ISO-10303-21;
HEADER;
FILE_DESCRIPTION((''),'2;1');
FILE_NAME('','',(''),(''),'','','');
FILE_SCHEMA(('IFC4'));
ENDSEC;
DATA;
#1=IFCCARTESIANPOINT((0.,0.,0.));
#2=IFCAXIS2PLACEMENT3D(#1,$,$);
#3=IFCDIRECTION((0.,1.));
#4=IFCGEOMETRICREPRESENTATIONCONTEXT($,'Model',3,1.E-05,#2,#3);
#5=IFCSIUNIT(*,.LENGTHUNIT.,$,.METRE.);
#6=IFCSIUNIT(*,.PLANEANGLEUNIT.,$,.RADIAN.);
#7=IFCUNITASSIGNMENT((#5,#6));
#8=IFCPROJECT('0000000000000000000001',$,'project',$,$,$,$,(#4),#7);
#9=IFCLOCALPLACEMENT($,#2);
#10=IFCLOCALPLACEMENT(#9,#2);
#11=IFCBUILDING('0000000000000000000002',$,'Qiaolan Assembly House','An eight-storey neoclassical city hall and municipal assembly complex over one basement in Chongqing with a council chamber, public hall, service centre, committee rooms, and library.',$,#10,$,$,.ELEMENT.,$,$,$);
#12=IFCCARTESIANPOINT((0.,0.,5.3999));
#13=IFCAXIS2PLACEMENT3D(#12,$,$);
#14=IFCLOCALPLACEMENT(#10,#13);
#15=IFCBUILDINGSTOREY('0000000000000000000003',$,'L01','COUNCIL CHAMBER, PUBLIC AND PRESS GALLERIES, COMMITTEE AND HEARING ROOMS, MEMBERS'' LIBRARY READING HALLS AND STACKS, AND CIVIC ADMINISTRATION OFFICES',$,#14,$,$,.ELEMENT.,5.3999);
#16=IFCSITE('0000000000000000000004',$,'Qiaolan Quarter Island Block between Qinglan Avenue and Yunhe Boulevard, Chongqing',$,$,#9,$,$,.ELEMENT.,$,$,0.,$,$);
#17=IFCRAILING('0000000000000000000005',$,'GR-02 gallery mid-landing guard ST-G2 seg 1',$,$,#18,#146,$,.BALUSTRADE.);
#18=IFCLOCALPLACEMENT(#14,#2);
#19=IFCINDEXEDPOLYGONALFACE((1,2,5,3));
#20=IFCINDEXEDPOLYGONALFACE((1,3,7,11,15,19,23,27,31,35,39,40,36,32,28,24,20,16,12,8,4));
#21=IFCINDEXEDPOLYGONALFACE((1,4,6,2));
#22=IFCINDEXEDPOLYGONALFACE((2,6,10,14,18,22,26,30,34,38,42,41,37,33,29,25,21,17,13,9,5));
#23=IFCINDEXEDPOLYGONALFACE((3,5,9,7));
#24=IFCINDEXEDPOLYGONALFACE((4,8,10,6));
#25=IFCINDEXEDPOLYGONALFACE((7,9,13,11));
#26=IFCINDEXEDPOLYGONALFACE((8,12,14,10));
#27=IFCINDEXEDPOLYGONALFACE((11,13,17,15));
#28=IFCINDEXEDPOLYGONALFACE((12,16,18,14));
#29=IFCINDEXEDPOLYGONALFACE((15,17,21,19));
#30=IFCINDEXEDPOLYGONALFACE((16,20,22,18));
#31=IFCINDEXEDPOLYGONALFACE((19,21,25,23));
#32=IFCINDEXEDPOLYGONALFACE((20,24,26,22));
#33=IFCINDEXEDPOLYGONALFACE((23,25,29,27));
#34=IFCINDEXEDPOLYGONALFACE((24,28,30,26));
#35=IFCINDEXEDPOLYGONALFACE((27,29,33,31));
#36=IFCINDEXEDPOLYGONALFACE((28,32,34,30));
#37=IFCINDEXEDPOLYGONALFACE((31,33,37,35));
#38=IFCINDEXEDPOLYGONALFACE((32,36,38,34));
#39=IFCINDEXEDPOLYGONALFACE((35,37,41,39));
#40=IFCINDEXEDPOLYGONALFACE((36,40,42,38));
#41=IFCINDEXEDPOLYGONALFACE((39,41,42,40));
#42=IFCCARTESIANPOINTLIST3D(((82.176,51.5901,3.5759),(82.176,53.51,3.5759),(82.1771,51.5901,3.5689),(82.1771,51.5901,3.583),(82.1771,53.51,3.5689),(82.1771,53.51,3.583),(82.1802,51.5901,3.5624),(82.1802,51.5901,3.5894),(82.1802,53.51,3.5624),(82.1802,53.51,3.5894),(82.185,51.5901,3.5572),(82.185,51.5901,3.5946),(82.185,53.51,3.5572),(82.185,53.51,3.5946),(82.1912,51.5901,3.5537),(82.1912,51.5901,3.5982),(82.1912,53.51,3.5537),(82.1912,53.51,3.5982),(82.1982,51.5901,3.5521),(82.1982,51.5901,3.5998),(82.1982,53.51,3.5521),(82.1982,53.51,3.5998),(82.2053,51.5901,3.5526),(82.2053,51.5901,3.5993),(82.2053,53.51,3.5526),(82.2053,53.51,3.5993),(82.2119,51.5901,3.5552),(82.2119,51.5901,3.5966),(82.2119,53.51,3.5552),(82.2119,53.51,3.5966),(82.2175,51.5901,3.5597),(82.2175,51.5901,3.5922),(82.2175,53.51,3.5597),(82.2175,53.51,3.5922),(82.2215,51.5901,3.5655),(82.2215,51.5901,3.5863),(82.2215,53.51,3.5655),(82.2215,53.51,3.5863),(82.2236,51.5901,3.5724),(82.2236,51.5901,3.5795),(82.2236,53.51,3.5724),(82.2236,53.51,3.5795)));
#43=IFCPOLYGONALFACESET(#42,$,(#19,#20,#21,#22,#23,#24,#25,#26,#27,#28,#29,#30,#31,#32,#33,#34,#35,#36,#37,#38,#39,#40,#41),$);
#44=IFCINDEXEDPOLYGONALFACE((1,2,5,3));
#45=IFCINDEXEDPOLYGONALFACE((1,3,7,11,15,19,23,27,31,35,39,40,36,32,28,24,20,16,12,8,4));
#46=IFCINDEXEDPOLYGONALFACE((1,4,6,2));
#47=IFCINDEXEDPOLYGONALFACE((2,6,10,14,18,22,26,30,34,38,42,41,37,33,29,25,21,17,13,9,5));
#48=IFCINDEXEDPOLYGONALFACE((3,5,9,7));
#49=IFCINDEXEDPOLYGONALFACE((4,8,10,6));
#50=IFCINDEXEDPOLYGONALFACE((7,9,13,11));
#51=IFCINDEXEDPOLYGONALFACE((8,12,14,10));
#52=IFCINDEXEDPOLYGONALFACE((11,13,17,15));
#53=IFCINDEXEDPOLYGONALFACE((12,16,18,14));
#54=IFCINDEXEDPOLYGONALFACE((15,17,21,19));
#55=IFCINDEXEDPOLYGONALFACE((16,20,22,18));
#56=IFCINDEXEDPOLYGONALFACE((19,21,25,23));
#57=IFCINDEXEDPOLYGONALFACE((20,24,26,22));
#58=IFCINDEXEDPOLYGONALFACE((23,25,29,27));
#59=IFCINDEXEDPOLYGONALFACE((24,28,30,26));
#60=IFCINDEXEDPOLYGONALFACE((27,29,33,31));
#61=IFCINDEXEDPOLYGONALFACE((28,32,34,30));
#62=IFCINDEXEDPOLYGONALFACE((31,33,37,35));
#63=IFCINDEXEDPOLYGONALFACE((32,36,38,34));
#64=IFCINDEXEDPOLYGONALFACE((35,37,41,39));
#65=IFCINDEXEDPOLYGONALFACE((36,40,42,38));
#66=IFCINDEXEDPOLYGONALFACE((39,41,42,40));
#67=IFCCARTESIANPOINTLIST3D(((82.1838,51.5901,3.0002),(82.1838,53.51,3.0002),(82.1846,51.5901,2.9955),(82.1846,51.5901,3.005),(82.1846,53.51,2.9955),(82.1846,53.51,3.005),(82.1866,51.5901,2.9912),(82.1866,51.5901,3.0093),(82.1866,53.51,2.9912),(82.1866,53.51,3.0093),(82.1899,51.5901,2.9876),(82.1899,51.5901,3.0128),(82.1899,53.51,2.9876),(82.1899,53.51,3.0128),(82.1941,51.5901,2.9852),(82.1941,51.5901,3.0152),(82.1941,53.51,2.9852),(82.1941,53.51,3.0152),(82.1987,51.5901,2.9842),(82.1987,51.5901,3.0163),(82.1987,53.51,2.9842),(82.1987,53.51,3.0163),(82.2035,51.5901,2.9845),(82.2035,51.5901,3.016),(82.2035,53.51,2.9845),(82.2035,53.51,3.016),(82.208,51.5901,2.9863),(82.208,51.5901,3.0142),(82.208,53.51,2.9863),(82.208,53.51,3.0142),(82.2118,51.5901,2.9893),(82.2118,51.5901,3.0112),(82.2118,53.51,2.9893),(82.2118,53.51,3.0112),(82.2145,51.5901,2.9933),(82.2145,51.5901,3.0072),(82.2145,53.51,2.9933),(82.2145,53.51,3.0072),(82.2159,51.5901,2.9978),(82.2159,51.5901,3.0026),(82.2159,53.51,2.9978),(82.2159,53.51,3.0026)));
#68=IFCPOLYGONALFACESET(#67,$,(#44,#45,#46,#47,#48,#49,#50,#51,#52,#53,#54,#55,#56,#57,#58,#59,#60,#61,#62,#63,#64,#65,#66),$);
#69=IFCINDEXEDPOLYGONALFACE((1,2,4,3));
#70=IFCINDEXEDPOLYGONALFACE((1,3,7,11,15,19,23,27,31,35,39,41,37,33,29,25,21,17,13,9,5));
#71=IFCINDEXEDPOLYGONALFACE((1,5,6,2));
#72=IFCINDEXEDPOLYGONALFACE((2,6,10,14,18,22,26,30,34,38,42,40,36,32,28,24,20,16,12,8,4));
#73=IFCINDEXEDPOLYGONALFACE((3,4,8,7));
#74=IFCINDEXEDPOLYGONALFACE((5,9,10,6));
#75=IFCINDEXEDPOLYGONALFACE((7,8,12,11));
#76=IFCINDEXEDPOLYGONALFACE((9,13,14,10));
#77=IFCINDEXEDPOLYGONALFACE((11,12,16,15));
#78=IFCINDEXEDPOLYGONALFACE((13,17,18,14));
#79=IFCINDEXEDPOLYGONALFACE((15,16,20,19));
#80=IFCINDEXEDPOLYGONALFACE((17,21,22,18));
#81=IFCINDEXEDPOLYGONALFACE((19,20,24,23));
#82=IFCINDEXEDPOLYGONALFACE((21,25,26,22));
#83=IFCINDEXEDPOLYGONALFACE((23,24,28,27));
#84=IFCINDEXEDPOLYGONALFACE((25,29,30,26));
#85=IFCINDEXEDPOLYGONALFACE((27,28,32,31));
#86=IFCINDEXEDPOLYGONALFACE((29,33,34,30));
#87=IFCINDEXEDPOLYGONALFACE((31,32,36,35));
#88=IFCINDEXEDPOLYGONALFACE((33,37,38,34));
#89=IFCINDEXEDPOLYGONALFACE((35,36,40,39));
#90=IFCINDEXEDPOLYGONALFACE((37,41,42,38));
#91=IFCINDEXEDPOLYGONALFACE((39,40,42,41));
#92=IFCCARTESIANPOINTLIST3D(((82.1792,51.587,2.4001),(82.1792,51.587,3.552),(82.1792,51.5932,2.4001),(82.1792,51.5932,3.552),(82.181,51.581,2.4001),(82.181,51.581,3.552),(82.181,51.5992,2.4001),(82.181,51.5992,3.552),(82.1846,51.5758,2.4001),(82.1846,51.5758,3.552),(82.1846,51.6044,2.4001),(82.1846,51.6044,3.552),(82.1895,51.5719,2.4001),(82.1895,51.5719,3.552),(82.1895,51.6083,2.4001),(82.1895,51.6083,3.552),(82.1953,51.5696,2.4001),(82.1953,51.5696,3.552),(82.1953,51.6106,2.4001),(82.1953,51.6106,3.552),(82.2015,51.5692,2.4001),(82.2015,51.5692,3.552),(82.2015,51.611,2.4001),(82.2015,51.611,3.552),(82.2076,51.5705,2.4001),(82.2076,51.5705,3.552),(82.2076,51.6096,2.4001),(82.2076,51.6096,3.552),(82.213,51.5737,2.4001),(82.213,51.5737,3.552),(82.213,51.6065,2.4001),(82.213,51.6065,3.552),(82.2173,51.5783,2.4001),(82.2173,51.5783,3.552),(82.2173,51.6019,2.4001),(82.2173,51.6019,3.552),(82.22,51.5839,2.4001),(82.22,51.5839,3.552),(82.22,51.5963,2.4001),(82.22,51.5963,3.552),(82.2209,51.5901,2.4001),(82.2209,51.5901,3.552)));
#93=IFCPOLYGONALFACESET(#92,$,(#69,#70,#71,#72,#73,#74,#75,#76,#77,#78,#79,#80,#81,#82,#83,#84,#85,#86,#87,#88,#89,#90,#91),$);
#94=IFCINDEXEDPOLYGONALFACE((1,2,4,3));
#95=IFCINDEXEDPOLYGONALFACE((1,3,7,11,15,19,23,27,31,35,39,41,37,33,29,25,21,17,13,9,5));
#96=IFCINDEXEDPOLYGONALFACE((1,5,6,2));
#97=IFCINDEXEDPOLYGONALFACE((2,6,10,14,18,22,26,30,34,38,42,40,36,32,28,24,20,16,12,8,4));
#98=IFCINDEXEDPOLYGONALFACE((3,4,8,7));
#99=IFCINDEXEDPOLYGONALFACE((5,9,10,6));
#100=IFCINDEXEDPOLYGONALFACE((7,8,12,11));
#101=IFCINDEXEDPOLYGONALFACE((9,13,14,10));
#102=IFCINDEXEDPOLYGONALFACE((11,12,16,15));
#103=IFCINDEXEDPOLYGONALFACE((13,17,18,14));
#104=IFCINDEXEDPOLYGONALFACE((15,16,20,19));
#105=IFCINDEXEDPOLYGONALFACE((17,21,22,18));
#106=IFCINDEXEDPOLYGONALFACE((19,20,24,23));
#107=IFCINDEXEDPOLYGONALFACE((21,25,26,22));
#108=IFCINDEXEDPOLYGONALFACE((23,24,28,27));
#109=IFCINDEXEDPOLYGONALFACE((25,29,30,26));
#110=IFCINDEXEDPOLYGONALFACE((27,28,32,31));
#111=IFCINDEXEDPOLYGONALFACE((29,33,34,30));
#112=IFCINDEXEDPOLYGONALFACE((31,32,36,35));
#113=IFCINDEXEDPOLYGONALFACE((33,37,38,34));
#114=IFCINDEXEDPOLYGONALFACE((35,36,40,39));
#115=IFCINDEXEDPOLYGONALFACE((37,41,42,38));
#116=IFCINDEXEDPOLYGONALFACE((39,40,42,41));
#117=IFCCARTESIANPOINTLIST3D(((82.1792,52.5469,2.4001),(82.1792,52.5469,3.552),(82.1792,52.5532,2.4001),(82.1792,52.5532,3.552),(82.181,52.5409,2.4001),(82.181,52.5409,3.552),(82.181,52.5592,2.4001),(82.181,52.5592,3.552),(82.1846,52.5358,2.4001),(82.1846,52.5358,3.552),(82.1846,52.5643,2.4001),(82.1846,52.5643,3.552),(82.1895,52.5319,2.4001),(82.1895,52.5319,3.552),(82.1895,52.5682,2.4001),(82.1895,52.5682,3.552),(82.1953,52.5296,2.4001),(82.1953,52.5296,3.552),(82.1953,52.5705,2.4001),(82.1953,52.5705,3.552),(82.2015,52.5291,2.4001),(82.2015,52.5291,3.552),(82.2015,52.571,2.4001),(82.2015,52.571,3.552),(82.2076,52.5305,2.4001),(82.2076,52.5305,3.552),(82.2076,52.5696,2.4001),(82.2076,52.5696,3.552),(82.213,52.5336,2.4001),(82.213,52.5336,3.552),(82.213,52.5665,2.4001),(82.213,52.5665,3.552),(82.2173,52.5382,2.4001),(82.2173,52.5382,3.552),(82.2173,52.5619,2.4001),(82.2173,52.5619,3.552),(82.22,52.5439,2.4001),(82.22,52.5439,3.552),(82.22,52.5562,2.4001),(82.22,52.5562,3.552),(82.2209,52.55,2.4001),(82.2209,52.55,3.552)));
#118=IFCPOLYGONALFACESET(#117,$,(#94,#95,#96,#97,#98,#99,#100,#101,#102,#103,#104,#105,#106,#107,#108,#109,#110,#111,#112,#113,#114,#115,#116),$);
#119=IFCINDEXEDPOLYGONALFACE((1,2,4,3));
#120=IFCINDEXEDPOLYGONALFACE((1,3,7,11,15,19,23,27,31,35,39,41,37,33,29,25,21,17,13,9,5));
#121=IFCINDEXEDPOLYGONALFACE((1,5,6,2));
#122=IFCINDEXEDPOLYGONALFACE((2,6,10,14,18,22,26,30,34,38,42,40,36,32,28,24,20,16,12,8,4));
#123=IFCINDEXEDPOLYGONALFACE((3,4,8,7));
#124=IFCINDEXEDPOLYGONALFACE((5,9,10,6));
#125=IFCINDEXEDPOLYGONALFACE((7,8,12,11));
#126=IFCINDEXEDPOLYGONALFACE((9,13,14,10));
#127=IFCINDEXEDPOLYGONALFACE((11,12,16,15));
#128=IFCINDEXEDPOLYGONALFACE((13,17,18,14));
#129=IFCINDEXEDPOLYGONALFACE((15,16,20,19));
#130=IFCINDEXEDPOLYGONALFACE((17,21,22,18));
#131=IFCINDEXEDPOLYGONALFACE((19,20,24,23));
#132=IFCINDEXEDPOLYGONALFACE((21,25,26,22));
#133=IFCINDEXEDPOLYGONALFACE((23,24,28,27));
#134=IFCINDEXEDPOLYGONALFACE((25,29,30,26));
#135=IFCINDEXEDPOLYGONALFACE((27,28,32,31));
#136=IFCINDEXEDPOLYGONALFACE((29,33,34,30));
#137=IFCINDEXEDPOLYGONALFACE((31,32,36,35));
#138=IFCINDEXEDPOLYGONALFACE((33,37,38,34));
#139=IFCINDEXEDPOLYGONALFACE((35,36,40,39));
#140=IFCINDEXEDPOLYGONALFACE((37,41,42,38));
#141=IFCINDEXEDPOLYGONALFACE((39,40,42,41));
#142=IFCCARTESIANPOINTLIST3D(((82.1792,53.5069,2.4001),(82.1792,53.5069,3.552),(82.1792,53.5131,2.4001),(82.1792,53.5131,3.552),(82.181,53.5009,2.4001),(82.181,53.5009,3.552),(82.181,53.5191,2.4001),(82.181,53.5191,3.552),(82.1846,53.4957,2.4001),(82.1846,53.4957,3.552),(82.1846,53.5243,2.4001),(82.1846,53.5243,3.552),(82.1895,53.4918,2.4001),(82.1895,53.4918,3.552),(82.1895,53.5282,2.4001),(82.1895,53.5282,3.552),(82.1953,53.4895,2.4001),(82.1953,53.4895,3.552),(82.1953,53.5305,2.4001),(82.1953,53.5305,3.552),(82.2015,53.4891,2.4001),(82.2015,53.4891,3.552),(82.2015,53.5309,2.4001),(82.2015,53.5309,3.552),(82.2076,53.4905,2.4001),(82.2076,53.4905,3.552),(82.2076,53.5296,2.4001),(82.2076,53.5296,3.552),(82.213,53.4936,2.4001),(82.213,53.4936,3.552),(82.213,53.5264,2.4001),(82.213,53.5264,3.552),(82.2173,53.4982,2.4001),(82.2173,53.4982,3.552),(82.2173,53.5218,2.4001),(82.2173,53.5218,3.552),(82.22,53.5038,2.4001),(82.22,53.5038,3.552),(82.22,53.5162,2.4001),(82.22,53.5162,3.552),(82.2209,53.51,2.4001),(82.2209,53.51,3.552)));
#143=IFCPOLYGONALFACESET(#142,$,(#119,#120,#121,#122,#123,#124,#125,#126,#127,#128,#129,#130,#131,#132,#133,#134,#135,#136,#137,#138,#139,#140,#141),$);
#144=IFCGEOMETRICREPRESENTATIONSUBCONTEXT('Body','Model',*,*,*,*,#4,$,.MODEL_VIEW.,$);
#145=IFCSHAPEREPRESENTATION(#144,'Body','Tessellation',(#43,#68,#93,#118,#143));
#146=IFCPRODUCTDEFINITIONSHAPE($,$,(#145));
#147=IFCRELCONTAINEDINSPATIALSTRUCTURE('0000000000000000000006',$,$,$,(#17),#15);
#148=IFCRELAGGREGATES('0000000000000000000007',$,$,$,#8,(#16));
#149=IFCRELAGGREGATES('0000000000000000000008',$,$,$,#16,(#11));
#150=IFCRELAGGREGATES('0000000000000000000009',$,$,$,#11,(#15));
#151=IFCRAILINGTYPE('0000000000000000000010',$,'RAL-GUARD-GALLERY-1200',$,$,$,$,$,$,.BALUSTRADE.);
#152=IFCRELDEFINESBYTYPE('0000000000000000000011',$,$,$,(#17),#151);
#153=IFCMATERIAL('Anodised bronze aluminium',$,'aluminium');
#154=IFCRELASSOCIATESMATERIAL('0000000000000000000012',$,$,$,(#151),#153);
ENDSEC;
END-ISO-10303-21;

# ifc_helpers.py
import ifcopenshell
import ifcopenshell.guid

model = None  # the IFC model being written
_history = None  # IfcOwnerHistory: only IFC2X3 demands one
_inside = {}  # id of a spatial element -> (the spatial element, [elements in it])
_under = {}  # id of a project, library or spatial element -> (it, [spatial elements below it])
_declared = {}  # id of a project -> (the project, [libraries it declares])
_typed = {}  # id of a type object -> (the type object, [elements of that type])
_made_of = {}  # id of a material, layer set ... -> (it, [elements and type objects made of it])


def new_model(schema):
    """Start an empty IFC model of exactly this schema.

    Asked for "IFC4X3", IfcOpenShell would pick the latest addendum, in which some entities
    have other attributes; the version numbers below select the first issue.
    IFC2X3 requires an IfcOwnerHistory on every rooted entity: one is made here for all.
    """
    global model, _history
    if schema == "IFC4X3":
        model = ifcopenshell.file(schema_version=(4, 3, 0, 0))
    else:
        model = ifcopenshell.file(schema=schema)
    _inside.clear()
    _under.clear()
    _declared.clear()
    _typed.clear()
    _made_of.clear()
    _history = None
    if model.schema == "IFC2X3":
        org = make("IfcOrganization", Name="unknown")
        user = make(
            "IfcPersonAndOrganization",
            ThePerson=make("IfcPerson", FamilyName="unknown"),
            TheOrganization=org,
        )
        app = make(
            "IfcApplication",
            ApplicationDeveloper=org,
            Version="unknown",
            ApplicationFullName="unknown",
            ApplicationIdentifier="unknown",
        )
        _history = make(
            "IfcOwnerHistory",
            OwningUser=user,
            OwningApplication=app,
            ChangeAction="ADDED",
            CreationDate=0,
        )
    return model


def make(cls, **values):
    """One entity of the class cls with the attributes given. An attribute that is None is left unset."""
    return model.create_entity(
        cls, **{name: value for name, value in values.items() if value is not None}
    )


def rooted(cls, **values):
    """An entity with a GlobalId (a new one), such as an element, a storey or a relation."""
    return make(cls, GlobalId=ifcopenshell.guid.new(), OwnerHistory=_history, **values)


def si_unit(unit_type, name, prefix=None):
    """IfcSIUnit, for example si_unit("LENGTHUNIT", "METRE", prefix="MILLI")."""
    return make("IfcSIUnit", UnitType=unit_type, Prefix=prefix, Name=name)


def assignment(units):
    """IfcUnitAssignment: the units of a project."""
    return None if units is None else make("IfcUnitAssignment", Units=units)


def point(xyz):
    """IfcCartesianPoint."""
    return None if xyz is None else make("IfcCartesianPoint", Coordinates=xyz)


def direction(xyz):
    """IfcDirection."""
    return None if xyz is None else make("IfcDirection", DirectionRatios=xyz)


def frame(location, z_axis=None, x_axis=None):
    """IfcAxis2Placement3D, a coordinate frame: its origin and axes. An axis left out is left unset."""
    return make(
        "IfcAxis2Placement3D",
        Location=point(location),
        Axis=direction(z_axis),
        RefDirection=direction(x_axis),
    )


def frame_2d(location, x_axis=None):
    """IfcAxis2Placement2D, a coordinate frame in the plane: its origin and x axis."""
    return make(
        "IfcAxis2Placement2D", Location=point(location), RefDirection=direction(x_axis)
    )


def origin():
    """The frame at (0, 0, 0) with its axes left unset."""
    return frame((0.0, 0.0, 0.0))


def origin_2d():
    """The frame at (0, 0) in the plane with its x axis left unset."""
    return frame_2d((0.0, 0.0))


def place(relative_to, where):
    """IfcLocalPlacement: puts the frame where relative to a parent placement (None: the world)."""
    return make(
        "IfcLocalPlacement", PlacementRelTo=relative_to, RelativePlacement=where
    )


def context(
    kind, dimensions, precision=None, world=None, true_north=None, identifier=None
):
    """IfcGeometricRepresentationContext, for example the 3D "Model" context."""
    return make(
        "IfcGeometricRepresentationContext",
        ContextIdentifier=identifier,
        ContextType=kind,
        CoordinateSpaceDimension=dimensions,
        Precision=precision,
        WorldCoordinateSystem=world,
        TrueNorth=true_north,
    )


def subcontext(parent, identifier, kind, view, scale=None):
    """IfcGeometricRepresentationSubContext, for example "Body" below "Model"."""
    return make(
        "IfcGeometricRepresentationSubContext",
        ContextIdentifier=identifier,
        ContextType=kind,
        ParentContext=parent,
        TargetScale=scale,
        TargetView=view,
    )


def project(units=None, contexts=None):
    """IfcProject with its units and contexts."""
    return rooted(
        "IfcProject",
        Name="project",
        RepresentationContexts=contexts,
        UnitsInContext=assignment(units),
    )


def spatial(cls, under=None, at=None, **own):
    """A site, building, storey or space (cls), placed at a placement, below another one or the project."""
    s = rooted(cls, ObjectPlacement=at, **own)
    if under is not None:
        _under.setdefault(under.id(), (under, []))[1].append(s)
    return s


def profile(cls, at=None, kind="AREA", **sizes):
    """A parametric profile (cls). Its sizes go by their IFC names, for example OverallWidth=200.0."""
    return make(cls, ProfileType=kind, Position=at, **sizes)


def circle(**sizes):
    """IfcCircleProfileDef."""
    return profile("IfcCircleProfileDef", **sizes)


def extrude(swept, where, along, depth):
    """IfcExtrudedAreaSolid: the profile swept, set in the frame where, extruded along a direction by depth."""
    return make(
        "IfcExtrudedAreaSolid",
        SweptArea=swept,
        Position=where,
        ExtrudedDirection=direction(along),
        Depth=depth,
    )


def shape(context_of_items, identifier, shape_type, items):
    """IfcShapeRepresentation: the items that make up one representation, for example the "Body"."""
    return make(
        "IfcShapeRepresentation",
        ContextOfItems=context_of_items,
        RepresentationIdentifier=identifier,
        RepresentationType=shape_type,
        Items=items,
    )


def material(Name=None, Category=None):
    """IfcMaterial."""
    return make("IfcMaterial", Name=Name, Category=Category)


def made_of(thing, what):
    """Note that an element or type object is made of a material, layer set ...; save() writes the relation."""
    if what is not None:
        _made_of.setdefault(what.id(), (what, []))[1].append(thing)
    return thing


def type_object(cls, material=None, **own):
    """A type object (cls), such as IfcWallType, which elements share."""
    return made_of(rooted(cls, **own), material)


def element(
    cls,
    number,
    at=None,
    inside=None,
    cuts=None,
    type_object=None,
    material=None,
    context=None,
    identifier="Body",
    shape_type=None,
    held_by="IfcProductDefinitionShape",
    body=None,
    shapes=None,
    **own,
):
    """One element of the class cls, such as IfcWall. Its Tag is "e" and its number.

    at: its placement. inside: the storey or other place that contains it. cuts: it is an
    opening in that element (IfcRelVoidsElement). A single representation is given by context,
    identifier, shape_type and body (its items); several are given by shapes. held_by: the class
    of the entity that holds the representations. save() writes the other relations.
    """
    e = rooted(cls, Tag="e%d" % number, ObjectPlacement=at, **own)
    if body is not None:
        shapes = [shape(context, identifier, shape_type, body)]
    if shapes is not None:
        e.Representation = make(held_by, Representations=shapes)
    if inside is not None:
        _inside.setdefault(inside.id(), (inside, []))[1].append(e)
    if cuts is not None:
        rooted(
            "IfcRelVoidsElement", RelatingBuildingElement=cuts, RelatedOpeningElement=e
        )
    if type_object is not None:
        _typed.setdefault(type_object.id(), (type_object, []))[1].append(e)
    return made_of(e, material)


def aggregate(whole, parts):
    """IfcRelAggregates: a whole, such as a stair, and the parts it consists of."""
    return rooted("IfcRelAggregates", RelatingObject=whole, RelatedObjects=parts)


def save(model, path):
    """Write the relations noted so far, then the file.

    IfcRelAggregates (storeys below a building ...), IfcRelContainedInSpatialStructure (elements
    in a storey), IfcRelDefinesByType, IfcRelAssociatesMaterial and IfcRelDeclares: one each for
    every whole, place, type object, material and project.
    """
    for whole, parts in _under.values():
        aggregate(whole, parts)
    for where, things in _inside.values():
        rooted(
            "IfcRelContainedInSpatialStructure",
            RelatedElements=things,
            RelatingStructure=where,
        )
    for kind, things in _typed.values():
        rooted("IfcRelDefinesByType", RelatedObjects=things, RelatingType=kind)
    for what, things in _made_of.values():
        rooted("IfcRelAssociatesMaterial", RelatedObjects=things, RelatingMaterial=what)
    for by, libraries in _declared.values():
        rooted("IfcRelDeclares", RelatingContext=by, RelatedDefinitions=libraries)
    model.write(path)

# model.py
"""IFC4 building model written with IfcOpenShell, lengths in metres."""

from ifc_helpers import new_model, si_unit, direction, frame, origin, origin_2d, place, context, subcontext, project, spatial, circle, extrude, material, type_object, element, save


model = new_model("IFC4")

# Units and contexts
model_context = context("Model", 3, precision=1e-05, world=origin(), true_north=direction((0.0, 1.0)))
body_context = subcontext(model_context, "Body", "Model", "MODEL_VIEW")
ifc_project = project(units=[si_unit("LENGTHUNIT", "METRE"), si_unit("PLANEANGLEUNIT", "RADIAN")], contexts=[model_context])

# Site, building, storey
site_placement = place(None, origin())
site = spatial("IfcSite", under=ifc_project, at=site_placement, Name="Qiaolan Quarter Island Block between Qinglan Avenue and Yunhe Boulevard, Chongqing", CompositionType="ELEMENT", RefElevation=0.0)
building_placement = place(site_placement, origin())
building = spatial("IfcBuilding", under=site, at=building_placement, Name="Qiaolan Assembly House", Description="An eight-storey neoclassical city hall and municipal assembly complex over one basement in Chongqing with a council chamber, public hall, service centre, committee rooms, and library.", CompositionType="ELEMENT")
storey_placement = place(building_placement, frame((0.0, 0.0, 5.3999)))
storey = spatial("IfcBuildingStorey", under=building, at=storey_placement, Name="L01", Description="COUNCIL CHAMBER, PUBLIC AND PRESS GALLERIES, COMMITTEE AND HEARING ROOMS, MEMBERS' LIBRARY READING HALLS AND STACKS, AND CIVIC ADMINISTRATION OFFICES", CompositionType="ELEMENT", Elevation=5.3999)

# Railing
ifc_material_1 = material(Name="Anodised bronze aluminium", Category="aluminium")
railing_type_1 = type_object("IfcRailingType", Name="RAL-GUARD-GALLERY-1200", PredefinedType="BALUSTRADE", material=ifc_material_1)
railing_1_placement = place(storey_placement, frame((82.2, 51.5901, 2.4001)))
element("IfcRailing", 1, at=railing_1_placement, inside=storey, type_object=railing_type_1, Name="GR-02 gallery mid-landing guard ST-G2 seg 1", PredefinedType="BALUSTRADE", context=body_context, shape_type="SweptSolid", body=[
    extrude(circle(Radius=0.0239, at=origin_2d()), frame((0.0, 0.0, 1.1758), z_axis=(0.0, 1.0, 0.0), x_axis=(-1.0, 0.0, 0.0)), (0.0, 0.0, 1.0), 1.9199),
    extrude(circle(Radius=0.0161, at=origin_2d()), frame((0.0, 0.0, 0.6001), z_axis=(0.0, 1.0, 0.0), x_axis=(-1.0, 0.0, 0.0)), (0.0, 0.0, 1.0), 1.9199),
    extrude(circle(Radius=0.021, at=origin_2d()), origin(), (0.0, 0.0, 1.0), 1.1519),
    extrude(circle(Radius=0.021, at=origin_2d()), frame((0.0, 0.96, 0.0)), (0.0, 0.0, 1.0), 1.1519),
    extrude(circle(Radius=0.021, at=origin_2d()), frame((0.0, 1.9199, 0.0)), (0.0, 0.0, 1.0), 1.1519),
])

save(model, "model.ifc")
